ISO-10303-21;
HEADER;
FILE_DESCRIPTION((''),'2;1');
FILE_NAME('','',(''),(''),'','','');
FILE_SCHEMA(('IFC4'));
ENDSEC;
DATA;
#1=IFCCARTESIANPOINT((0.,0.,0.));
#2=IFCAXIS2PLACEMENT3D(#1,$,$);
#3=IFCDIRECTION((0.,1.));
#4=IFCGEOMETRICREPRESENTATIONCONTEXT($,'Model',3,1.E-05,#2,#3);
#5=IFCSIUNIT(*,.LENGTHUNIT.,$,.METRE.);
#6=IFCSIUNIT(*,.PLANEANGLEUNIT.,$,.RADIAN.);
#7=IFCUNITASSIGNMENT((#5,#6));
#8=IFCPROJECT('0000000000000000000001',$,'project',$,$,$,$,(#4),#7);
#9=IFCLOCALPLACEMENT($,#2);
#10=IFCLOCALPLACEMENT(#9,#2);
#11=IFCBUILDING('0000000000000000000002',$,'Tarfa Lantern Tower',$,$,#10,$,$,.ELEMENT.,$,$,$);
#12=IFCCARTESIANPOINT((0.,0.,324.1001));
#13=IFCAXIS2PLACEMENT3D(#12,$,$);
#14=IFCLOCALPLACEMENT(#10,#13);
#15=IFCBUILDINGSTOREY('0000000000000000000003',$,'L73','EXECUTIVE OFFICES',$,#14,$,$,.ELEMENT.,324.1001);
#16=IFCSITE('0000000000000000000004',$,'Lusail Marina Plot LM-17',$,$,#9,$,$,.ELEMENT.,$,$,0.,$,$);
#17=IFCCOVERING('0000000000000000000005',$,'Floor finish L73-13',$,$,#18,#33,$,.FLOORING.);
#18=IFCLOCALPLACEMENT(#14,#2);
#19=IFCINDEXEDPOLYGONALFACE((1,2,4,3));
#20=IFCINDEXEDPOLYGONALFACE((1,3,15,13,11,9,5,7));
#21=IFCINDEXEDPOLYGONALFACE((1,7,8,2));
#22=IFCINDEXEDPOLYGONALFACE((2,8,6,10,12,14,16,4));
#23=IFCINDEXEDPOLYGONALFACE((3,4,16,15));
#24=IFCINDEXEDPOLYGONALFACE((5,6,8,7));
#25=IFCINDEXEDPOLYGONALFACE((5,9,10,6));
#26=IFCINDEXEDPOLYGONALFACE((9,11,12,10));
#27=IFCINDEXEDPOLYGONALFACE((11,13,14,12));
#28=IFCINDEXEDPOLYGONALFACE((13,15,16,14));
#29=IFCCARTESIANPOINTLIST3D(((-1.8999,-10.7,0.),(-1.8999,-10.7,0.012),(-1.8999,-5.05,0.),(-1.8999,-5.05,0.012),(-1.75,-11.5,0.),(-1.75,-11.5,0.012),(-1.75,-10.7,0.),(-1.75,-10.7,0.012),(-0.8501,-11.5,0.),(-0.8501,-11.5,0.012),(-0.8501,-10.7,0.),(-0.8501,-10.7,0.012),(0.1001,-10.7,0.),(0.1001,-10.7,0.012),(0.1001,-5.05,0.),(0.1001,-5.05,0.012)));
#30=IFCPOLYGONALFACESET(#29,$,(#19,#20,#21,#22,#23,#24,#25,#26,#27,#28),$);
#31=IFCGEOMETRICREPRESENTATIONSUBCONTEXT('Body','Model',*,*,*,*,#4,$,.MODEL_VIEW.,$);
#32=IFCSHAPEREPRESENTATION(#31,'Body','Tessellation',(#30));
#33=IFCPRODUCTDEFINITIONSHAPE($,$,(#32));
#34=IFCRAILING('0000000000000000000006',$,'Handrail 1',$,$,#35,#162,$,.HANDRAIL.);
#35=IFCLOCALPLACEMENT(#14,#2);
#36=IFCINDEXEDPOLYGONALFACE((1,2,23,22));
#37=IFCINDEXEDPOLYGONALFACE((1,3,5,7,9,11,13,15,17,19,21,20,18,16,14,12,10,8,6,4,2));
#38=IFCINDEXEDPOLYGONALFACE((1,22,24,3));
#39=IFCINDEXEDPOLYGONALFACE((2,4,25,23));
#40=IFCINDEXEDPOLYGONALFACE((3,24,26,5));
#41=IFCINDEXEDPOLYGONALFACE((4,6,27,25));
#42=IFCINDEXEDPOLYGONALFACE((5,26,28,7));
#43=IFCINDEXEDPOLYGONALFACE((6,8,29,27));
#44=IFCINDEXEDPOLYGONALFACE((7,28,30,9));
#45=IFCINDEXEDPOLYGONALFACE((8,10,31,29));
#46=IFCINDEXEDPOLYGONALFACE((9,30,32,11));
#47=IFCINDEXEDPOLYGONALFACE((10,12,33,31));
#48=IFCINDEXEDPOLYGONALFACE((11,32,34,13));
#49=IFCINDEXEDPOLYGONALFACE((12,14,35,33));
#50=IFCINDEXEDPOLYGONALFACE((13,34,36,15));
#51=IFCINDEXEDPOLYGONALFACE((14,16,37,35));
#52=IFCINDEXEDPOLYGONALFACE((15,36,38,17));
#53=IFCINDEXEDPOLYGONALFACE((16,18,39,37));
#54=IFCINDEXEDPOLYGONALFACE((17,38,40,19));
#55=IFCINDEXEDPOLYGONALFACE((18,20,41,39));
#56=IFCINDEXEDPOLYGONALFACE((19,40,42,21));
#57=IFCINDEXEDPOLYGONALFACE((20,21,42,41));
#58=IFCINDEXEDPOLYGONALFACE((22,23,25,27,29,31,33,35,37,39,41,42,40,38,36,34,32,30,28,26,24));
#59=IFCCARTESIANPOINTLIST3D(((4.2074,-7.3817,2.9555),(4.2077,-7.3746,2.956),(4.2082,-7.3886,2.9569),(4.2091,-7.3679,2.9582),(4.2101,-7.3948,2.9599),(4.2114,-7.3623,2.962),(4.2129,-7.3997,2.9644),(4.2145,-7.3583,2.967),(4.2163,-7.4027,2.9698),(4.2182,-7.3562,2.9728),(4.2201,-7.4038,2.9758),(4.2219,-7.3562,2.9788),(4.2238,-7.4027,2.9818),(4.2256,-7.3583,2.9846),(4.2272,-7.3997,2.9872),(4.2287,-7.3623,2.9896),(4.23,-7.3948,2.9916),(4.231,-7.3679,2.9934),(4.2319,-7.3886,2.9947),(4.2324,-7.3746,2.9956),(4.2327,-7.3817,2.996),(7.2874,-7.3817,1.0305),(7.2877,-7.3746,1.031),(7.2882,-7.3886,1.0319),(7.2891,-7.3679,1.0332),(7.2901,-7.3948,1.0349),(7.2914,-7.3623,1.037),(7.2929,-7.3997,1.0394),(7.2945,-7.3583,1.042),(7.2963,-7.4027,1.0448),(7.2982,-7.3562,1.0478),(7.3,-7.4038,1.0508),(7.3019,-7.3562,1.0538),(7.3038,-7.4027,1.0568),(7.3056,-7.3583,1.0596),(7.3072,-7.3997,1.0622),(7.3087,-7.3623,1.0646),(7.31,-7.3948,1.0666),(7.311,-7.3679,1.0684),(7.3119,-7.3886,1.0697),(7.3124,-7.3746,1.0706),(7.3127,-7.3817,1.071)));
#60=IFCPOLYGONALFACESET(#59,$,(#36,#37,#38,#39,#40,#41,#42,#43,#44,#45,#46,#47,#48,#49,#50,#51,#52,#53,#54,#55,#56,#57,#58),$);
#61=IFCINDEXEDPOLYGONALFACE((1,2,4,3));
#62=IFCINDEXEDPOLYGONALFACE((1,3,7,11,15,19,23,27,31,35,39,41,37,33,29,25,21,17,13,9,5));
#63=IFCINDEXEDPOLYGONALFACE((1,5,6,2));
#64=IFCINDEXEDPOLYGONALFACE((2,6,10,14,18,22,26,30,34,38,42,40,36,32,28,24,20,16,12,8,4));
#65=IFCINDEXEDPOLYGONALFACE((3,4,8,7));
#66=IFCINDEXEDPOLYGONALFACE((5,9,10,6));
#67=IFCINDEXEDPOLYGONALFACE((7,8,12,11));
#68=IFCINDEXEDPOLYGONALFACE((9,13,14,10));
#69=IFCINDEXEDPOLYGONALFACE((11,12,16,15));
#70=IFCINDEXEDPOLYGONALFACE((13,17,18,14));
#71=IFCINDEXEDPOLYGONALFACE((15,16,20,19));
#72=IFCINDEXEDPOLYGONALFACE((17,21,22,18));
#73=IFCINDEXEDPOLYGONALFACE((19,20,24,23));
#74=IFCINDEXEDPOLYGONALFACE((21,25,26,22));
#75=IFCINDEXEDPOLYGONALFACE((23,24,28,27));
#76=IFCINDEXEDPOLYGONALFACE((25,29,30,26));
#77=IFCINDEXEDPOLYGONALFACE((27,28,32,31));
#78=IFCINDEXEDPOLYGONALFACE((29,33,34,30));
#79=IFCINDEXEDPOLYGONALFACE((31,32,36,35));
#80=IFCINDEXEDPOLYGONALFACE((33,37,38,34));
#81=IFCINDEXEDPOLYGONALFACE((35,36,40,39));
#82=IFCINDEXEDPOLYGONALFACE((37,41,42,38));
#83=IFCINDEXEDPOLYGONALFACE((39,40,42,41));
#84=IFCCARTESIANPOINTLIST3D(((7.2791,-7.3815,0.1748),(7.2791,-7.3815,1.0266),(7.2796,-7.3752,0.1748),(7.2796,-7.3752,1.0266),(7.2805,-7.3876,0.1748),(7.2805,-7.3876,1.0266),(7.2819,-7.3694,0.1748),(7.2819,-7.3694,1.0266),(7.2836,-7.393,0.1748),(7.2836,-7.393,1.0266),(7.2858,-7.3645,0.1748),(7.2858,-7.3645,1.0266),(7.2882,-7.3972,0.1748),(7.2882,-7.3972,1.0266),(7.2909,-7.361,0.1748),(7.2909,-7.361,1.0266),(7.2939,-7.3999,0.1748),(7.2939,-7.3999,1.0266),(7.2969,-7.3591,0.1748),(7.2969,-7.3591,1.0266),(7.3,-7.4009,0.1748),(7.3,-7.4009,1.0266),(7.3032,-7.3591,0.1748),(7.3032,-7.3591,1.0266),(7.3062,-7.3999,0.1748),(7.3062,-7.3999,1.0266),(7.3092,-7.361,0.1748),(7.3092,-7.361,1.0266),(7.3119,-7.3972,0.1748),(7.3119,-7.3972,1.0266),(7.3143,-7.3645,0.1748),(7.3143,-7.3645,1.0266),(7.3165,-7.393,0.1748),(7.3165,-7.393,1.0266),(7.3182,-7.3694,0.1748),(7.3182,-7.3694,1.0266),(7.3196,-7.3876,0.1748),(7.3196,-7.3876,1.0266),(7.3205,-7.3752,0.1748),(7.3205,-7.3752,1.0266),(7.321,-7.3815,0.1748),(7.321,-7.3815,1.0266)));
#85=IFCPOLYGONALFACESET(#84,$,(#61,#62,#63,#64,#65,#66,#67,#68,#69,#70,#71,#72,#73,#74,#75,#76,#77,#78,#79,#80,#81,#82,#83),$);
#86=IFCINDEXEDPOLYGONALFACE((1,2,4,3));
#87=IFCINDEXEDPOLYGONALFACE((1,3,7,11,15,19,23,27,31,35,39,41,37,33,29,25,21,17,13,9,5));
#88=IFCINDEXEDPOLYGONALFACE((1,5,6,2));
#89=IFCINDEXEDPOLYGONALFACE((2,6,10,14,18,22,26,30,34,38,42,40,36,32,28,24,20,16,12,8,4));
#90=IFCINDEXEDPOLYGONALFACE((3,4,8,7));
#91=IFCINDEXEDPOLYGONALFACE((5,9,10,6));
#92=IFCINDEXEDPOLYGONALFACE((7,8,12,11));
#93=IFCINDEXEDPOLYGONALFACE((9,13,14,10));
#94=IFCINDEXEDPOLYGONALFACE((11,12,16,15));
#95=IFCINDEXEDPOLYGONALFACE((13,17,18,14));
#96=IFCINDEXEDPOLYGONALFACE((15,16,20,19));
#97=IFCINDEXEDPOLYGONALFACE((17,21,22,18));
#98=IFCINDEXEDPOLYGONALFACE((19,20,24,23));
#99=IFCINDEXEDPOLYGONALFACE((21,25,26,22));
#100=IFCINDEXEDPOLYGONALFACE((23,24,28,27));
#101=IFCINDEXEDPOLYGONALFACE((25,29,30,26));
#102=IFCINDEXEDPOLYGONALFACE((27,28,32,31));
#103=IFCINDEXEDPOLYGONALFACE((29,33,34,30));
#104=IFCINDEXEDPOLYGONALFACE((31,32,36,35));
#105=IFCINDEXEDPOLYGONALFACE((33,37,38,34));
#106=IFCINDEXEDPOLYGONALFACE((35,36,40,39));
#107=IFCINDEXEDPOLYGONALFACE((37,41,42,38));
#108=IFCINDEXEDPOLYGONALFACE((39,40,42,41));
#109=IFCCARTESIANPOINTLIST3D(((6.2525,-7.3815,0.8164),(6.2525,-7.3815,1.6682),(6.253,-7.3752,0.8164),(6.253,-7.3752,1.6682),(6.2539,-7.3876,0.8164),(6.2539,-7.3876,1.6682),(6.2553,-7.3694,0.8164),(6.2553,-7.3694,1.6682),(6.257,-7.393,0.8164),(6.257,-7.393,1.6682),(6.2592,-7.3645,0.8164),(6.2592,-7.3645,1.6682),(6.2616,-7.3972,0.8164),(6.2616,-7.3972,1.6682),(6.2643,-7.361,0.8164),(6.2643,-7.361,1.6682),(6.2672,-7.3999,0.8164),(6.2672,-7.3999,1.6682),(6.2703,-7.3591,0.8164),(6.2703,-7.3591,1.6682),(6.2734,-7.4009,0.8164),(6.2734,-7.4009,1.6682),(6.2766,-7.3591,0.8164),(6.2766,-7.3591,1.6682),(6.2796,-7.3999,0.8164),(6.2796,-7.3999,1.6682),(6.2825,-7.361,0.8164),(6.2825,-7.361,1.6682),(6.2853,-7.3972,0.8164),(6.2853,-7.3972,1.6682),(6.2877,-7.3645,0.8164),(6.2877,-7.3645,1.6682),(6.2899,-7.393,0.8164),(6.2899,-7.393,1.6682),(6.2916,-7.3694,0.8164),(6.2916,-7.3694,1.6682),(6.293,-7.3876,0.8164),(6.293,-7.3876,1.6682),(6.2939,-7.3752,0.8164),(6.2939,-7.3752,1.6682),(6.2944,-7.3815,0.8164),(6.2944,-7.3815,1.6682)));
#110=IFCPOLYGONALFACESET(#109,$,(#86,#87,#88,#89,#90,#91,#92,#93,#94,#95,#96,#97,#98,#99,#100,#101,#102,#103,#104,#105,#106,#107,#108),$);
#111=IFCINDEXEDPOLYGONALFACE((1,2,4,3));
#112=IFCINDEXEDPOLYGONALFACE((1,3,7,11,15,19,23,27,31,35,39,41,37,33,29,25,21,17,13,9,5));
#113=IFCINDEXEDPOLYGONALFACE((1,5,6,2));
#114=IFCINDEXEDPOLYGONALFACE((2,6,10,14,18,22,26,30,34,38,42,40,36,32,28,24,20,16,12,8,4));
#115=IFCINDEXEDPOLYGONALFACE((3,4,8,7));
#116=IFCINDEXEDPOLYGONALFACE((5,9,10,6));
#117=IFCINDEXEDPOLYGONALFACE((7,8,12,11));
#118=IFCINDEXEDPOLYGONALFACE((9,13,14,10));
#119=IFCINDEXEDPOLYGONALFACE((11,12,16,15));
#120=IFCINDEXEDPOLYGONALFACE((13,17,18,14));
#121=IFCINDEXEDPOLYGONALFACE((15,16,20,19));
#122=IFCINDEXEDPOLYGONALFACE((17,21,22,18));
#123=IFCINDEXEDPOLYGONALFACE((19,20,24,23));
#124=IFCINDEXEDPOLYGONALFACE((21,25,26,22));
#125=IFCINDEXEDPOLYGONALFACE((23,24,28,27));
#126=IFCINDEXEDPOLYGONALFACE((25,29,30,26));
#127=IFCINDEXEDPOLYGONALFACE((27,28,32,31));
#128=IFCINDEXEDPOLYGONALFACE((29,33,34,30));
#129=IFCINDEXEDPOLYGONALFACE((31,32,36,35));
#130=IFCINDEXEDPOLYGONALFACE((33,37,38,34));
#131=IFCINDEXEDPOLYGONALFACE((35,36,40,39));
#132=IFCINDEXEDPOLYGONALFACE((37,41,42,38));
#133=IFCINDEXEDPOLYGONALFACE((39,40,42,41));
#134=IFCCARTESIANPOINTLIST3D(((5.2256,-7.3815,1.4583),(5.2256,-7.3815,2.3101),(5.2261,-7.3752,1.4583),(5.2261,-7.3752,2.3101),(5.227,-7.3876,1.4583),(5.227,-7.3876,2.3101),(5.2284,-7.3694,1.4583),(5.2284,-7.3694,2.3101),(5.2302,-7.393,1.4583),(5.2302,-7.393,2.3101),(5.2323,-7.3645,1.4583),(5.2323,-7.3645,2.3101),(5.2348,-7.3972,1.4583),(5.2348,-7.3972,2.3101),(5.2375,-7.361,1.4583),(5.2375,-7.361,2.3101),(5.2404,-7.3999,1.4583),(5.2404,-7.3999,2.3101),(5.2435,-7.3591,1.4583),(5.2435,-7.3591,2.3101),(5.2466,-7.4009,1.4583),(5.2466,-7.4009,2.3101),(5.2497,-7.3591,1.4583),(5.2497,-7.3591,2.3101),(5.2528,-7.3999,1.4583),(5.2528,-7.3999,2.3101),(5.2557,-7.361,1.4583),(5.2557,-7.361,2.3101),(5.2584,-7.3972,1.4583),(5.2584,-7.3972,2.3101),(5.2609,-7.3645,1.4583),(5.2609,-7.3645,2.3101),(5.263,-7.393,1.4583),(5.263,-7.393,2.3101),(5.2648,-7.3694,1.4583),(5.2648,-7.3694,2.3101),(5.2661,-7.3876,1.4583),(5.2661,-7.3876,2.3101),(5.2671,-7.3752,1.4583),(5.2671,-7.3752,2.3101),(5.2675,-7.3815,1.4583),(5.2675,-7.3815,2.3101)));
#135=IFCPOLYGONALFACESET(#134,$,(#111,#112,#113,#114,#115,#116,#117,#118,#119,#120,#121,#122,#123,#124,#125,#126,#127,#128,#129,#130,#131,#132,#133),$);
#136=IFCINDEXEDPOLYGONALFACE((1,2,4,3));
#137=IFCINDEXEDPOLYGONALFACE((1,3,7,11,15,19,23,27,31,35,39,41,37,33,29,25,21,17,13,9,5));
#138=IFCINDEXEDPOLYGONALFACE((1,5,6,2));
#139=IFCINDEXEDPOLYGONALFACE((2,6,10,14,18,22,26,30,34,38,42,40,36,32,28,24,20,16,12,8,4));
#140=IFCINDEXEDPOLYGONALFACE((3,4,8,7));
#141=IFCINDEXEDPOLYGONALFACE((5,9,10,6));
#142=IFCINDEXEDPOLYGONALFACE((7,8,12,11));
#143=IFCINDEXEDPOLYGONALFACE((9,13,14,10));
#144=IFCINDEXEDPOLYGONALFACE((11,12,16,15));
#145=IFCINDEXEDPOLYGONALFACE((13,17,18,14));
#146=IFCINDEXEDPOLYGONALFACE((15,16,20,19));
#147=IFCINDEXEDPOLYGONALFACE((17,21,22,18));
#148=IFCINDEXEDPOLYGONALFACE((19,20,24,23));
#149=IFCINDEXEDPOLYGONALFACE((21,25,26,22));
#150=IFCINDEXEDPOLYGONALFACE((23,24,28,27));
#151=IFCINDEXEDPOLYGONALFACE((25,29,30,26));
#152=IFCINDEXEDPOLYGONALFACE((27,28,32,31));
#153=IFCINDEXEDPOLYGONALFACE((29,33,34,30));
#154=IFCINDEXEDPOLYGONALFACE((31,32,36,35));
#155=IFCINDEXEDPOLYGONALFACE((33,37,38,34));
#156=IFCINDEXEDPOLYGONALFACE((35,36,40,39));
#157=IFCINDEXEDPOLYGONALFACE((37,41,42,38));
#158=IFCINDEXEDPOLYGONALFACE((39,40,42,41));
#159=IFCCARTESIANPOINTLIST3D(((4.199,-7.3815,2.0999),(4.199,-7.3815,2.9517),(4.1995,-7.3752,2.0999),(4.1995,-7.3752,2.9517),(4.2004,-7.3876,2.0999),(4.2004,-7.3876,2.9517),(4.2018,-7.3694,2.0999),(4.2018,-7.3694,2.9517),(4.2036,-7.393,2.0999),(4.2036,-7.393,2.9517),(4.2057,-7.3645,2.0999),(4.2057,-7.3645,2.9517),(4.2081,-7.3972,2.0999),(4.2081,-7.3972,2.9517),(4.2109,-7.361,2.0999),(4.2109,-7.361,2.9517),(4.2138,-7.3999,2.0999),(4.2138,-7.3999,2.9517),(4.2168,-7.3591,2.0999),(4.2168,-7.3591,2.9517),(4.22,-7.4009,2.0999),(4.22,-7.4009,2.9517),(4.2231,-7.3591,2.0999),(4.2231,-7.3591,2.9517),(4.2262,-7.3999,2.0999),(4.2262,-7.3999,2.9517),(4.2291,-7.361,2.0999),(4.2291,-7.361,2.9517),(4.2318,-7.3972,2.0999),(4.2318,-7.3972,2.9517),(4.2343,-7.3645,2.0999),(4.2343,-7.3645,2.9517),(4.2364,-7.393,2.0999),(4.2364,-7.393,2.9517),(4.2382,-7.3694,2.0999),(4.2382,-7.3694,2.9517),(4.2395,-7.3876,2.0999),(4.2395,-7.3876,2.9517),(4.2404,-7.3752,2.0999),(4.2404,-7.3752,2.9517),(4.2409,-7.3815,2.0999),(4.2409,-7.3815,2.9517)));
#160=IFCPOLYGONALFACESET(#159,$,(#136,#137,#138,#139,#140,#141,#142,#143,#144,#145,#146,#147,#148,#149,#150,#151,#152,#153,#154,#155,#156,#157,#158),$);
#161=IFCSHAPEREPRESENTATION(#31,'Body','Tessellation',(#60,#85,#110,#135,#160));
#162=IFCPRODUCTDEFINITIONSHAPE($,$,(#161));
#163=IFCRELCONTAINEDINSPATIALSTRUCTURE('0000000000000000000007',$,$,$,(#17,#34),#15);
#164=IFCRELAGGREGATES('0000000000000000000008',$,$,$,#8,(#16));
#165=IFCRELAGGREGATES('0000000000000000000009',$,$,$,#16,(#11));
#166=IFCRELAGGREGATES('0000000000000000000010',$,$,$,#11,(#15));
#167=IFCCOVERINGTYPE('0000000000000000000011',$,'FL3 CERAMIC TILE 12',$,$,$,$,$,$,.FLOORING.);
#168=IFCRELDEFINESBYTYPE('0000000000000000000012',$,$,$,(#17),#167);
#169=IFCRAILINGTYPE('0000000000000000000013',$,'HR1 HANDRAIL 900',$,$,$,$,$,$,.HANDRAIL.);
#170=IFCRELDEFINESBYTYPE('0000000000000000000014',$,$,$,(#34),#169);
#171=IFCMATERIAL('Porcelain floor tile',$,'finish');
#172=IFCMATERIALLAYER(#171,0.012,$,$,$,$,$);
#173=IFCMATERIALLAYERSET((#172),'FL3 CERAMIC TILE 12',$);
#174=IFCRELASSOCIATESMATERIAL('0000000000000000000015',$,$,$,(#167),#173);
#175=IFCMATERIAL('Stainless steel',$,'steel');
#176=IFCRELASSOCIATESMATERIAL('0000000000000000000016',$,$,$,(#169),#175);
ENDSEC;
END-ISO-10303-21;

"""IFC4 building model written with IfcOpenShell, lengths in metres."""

from ifc_helpers import new_model, si_unit, direction, frame, origin, origin_2d, place, context, subcontext, project, spatial, polyline, circle, outline, extrude, material, layer, layer_set, type_object, element, save


model = new_model("IFC4")

# Units and contexts
model_context = context("Model", 3, precision=1e-05, world=origin(), true_north=direction((0.0, 1.0)))
body_context = subcontext(model_context, "Body", "Model", "MODEL_VIEW")
ifc_project = project(units=[si_unit("LENGTHUNIT", "METRE"), si_unit("PLANEANGLEUNIT", "RADIAN")], contexts=[model_context])

# Site, building, storey
site_placement = place(None, origin())
site = spatial("IfcSite", under=ifc_project, at=site_placement, Name="Lusail Marina Plot LM-17", CompositionType="ELEMENT", RefElevation=0.0)
building_placement = place(site_placement, origin())
building = spatial("IfcBuilding", under=site, at=building_placement, Name="Tarfa Lantern Tower", CompositionType="ELEMENT")
storey_placement = place(building_placement, frame((0.0, 0.0, 324.1001)))
storey = spatial("IfcBuildingStorey", under=building, at=storey_placement, Name="L73", Description="EXECUTIVE OFFICES", CompositionType="ELEMENT", Elevation=324.1001)

# Covering
ifc_material_1 = material(Name="Porcelain floor tile", Category="finish")
ifc_layer_1 = layer(ifc_material_1, 0.012)
ifc_layer_set_1 = layer_set([ifc_layer_1], Name="FL3 CERAMIC TILE 12")
covering_type_1 = type_object("IfcCoveringType", Name="FL3 CERAMIC TILE 12", PredefinedType="FLOORING", material=ifc_layer_set_1)
covering_1_placement = place(storey_placement, origin())
element("IfcCovering", 1, at=covering_1_placement, inside=storey, type_object=covering_type_1, Name="Floor finish L73-13", PredefinedType="FLOORING", context=body_context, shape_type="SweptSolid", body=[
    extrude(outline(polyline([(-0.8501, -10.7), (0.1001, -10.7), (0.1001, -5.05), (-1.8999, -5.05), (-1.8999, -10.7), (-1.75, -10.7), (-1.75, -11.5), (-1.75, -11.5), (-0.8501, -11.5), (-0.8501, -10.7)])), origin(), (0.0, 0.0, 1.0), 0.012),
])

# Railing
ifc_material_2 = material(Name="Stainless steel", Category="steel")
railing_type = type_object("IfcRailingType", Name="HR1 HANDRAIL 900", PredefinedType="HANDRAIL", material=ifc_material_2)
railing_placement = place(storey_placement, frame((7.3, -7.3799, 0.1748)))
element("IfcRailing", 2, at=railing_placement, inside=storey, type_object=railing_type, Name="Handrail 1", PredefinedType="HANDRAIL", context=body_context, shape_type="SweptSolid", body=[
    extrude(circle(Radius=0.0239, at=origin_2d()), frame((0.0, 0.0, 0.876), z_axis=(-0.847998, 0.0, 0.529999), x_axis=(0.0, -1.0, 0.0)), (0.0, 0.0, 1.0), 3.6321),
    extrude(circle(Radius=0.021, at=origin_2d()), frame((0.0, 0.0, 0.0), z_axis=(0.0, 0.0, 1.0), x_axis=(0.0, -1.0, 0.0)), (0.0, 0.0, 1.0), 0.8518),
    extrude(circle(Radius=0.021, at=origin_2d()), frame((-1.0266, 0.0, 0.6416), z_axis=(0.0, 0.0, 1.0), x_axis=(0.0, -1.0, 0.0)), (0.0, 0.0, 1.0), 0.8518),
    extrude(circle(Radius=0.021, at=origin_2d()), frame((-2.0535, 0.0, 1.2834), z_axis=(0.0, 0.0, 1.0), x_axis=(0.0, -1.0, 0.0)), (0.0, 0.0, 1.0), 0.8518),
    extrude(circle(Radius=0.021, at=origin_2d()), frame((-3.0801, 0.0, 1.925), z_axis=(0.0, 0.0, 1.0), x_axis=(0.0, -1.0, 0.0)), (0.0, 0.0, 1.0), 0.8518),
])

save(model, "model.ifc")
